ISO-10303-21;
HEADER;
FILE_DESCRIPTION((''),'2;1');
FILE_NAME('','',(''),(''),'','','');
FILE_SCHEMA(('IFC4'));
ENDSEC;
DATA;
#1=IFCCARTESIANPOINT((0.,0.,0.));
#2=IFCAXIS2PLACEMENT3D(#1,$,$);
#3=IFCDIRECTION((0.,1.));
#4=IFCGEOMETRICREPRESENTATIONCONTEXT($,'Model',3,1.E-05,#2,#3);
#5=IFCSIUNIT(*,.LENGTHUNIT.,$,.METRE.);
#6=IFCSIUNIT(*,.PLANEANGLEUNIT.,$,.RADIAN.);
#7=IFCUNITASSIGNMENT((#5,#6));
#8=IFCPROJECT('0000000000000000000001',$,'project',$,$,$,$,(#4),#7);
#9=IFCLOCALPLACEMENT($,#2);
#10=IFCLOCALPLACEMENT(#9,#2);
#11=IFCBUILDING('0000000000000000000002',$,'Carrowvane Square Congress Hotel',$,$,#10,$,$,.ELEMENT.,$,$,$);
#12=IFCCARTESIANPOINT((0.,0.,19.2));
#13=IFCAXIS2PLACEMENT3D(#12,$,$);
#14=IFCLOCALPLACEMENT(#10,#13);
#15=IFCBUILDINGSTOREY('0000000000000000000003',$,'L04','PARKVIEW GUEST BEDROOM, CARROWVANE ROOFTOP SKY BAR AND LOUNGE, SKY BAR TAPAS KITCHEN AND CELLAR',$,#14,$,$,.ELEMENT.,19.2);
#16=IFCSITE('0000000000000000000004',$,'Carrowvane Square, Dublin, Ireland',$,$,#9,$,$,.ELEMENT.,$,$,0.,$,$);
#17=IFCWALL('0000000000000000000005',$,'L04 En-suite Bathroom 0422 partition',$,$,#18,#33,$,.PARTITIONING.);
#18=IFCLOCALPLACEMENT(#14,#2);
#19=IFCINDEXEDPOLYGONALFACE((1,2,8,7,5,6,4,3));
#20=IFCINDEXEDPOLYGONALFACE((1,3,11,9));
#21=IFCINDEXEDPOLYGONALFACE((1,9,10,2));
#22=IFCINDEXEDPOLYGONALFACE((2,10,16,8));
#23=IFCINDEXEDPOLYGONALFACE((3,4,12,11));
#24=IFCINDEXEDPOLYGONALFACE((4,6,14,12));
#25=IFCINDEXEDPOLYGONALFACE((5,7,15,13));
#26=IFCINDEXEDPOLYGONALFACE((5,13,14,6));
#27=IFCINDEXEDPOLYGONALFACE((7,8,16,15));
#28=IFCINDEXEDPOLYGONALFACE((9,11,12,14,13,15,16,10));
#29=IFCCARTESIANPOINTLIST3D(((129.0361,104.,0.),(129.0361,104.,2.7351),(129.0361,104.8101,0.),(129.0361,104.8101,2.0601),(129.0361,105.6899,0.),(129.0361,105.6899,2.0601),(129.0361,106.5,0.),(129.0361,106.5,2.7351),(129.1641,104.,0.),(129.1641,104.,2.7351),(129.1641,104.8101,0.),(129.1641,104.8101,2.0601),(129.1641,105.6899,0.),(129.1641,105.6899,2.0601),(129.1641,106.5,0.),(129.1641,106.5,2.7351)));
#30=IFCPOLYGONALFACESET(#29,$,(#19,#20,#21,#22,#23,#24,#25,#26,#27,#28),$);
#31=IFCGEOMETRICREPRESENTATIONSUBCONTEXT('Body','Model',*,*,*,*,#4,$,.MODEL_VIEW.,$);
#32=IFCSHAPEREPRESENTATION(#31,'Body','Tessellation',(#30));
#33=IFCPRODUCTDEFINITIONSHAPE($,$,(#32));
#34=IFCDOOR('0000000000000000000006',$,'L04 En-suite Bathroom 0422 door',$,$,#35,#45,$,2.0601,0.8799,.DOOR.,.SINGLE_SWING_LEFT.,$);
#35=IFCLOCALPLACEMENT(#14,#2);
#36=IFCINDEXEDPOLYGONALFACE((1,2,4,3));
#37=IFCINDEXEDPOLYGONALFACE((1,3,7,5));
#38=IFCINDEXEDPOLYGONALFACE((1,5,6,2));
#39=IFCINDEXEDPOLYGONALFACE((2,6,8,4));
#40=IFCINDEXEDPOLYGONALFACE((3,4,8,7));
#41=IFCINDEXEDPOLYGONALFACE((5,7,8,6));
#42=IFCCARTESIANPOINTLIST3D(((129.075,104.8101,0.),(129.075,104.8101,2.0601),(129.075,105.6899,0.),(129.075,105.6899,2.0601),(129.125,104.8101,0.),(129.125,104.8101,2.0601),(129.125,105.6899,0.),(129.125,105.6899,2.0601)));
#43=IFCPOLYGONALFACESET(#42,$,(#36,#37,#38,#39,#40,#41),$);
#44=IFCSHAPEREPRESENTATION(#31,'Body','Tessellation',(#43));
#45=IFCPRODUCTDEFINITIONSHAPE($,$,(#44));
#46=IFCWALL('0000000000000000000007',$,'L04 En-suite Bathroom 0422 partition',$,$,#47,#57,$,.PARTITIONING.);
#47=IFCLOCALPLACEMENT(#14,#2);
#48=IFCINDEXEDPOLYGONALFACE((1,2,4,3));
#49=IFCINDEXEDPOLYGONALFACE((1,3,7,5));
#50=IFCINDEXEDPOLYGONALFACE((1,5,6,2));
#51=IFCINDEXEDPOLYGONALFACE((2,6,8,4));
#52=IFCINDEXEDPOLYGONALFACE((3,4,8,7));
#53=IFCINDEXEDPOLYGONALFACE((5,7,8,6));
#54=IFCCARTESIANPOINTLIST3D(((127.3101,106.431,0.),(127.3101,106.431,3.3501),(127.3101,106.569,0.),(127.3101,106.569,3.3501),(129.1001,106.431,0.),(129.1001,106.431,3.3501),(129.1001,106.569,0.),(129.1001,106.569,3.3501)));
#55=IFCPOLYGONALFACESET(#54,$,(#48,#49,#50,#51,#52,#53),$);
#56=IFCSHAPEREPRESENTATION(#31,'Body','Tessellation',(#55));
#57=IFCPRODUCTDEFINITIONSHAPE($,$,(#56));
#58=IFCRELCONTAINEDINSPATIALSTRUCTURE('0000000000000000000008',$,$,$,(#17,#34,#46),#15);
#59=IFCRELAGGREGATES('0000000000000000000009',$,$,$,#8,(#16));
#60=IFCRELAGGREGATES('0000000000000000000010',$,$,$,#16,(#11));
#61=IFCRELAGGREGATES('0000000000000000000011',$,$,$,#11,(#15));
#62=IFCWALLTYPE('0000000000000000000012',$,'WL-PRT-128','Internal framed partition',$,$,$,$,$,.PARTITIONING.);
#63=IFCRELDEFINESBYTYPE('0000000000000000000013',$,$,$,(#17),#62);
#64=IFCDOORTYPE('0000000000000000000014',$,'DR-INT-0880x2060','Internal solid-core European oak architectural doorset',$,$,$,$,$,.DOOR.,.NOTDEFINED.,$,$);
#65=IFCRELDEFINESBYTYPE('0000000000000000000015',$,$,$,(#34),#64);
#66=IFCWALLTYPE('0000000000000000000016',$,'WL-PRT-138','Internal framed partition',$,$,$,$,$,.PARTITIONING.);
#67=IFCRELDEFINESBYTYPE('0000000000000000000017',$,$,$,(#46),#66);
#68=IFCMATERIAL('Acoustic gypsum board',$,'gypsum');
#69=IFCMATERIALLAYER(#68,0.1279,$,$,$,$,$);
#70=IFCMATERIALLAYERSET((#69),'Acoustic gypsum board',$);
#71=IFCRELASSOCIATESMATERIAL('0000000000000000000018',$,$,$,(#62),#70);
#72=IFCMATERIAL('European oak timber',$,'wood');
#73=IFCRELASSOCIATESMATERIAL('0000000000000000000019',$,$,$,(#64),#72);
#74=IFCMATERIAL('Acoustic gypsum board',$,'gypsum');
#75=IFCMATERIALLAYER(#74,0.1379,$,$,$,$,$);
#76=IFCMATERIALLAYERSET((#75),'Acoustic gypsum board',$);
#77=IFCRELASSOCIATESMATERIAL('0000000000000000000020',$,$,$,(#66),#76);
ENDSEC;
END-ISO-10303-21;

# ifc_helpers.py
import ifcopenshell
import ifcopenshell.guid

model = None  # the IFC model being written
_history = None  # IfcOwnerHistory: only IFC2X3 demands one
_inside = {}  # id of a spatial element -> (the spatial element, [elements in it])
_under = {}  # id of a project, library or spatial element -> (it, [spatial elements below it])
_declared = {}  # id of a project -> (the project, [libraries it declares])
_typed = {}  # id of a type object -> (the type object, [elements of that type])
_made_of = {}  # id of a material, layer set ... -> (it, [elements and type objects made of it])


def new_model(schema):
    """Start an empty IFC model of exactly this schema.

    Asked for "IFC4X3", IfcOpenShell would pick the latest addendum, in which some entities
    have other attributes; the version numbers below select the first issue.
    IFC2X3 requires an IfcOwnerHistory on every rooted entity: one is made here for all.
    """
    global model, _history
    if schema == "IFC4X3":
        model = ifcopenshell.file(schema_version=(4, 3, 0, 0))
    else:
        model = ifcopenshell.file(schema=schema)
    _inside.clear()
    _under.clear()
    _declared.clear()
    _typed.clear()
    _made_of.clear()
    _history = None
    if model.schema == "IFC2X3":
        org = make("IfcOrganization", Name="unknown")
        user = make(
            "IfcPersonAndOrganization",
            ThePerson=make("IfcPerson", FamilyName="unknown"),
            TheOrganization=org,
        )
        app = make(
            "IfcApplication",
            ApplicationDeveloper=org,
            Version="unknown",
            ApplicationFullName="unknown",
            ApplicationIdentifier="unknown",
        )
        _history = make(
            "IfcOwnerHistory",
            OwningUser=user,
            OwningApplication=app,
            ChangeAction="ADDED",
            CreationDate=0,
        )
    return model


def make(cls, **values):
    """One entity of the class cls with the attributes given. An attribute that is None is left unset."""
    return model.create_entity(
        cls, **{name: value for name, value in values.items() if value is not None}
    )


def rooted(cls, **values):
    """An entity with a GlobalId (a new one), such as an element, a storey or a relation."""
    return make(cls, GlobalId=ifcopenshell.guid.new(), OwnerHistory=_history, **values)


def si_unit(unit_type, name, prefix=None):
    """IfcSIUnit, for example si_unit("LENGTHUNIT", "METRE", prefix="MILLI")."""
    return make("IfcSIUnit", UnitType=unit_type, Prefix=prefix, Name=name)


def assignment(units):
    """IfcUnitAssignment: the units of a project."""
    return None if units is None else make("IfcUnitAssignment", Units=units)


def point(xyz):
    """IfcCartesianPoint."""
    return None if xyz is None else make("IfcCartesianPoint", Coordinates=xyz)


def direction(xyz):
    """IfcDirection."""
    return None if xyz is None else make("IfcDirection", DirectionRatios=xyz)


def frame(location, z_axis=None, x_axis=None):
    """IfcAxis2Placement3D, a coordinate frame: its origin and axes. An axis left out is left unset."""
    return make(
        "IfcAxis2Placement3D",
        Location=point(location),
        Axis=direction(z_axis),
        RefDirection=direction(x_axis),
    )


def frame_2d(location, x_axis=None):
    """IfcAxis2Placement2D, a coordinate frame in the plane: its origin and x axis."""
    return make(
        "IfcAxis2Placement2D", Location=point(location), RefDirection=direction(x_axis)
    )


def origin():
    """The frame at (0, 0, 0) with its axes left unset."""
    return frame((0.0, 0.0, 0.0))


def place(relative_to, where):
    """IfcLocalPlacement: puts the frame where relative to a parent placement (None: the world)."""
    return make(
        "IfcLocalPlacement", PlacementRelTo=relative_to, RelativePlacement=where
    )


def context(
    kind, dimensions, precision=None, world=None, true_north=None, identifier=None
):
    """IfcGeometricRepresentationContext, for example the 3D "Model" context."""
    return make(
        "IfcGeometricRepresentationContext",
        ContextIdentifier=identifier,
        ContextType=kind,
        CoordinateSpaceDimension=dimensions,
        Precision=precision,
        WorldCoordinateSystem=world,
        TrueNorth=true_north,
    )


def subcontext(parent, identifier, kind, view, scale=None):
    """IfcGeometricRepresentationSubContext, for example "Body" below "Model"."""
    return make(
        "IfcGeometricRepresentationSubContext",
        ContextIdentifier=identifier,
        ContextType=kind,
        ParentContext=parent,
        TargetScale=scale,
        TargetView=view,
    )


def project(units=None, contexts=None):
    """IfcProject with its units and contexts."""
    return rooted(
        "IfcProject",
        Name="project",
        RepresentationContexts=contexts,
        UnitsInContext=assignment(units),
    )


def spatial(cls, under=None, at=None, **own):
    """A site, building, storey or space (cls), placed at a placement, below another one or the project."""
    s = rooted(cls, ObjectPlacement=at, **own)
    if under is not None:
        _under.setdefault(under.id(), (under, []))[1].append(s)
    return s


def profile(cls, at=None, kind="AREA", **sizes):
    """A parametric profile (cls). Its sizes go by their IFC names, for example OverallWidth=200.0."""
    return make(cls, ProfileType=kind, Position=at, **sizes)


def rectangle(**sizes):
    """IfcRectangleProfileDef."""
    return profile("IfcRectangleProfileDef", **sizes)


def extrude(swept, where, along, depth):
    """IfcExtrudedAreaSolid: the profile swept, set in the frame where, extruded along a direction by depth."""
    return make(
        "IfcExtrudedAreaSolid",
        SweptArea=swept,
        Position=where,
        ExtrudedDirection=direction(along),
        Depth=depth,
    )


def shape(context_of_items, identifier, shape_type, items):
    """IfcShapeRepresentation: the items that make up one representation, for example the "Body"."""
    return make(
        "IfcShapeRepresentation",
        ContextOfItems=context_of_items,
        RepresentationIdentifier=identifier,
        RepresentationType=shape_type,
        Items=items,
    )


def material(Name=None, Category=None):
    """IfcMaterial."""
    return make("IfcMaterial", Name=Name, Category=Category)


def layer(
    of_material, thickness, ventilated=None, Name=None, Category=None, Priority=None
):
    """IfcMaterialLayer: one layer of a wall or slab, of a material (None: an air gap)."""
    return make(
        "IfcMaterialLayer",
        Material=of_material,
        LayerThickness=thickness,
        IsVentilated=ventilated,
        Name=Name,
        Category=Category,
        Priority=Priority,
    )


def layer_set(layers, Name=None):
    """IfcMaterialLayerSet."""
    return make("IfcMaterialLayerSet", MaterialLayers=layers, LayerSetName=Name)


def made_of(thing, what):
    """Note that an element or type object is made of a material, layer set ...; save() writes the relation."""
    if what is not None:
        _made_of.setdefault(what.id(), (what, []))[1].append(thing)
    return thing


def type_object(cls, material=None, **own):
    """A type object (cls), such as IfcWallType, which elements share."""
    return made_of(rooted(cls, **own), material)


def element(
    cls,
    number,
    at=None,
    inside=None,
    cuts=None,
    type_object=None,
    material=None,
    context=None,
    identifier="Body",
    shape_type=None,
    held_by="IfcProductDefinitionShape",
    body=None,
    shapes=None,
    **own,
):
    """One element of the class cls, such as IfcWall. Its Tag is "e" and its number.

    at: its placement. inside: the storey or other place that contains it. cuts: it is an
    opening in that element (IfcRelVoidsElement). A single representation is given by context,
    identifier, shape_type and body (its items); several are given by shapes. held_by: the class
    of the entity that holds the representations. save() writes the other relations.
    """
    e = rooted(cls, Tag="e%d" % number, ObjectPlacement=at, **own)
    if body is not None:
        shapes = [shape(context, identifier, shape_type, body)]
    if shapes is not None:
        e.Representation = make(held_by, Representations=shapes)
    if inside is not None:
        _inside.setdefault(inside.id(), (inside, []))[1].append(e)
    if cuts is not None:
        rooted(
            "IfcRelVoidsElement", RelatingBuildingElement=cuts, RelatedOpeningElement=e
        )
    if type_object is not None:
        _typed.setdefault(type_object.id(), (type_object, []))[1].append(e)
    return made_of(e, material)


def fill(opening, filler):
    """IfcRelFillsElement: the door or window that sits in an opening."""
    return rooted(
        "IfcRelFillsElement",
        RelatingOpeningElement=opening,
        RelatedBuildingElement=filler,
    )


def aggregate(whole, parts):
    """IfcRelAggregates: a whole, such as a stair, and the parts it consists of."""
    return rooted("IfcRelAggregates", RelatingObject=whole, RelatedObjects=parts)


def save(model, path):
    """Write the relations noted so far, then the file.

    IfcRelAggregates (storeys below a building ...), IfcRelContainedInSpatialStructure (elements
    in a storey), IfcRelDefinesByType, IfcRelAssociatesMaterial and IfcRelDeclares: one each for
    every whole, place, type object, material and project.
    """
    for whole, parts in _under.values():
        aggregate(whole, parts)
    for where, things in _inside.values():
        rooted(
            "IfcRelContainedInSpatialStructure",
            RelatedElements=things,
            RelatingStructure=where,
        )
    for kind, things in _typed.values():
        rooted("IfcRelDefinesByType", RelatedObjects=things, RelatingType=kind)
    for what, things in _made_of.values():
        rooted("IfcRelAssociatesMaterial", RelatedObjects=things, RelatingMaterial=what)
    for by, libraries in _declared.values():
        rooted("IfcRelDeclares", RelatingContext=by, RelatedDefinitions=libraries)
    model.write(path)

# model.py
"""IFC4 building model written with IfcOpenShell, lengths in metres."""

from ifc_helpers import new_model, si_unit, direction, frame, frame_2d, origin, place, context, subcontext, project, spatial, rectangle, extrude, material, layer, layer_set, type_object, element, fill, save


model = new_model("IFC4")

# Units and contexts
model_context = context("Model", 3, precision=1e-05, world=origin(), true_north=direction((0.0, 1.0)))
body_context = subcontext(model_context, "Body", "Model", "MODEL_VIEW")
ifc_project = project(units=[si_unit("LENGTHUNIT", "METRE"), si_unit("PLANEANGLEUNIT", "RADIAN")], contexts=[model_context])

# Site, building, storey
site_placement = place(None, origin())
site = spatial("IfcSite", under=ifc_project, at=site_placement, Name="Carrowvane Square, Dublin, Ireland", CompositionType="ELEMENT", RefElevation=0.0)
building_placement = place(site_placement, origin())
building = spatial("IfcBuilding", under=site, at=building_placement, Name="Carrowvane Square Congress Hotel", CompositionType="ELEMENT")
storey_placement = place(building_placement, frame((0.0, 0.0, 19.2)))
storey = spatial("IfcBuildingStorey", under=building, at=storey_placement, Name="L04", Description="PARKVIEW GUEST BEDROOM, CARROWVANE ROOFTOP SKY BAR AND LOUNGE, SKY BAR TAPAS KITCHEN AND CELLAR", CompositionType="ELEMENT", Elevation=19.2)

# Wall, opening, door
ifc_material_1 = material(Name="Acoustic gypsum board", Category="gypsum")
ifc_layer_1 = layer(ifc_material_1, 0.1279)
ifc_layer_set_1 = layer_set([ifc_layer_1], Name="Acoustic gypsum board")
wall_type_1 = type_object("IfcWallType", Name="WL-PRT-128", Description="Internal framed partition", PredefinedType="PARTITIONING", material=ifc_layer_set_1)
wall_1_placement = place(storey_placement, frame((129.1001, 106.5, 0.0), z_axis=(0.0, 0.0, 1.0), x_axis=(0.0, -1.0, 0.0)))
wall_1 = element("IfcWall", 1, at=wall_1_placement, inside=storey, type_object=wall_type_1, Name="L04 En-suite Bathroom 0422 partition", PredefinedType="PARTITIONING", context=body_context, shape_type="SweptSolid", body=[
    extrude(rectangle(XDim=2.5, YDim=0.1279, at=frame_2d((1.25, 0.0))), origin(), (0.0, 0.0, 1.0), 2.7351),
])
opening_1_placement = place(wall_1_placement, frame((0.8101, 0.0, 0.0)))
opening_1 = element("IfcOpeningElement", 2, at=opening_1_placement, cuts=wall_1, PredefinedType="OPENING", context=body_context, shape_type="SweptSolid", body=[
    extrude(rectangle(XDim=0.8799, YDim=2.0601, at=frame_2d((0.4399, 1.03))), frame((0.0, 0.074, 0.0), z_axis=(0.0, -1.0, 0.0), x_axis=(1.0, 0.0, 0.0)), (0.0, 0.0, 1.0), 0.1479),
])
ifc_material_2 = material(Name="European oak timber", Category="wood")
door_type_1 = type_object("IfcDoorType", Name="DR-INT-0880x2060", Description="Internal solid-core European oak architectural doorset", OperationType="NOTDEFINED", PredefinedType="DOOR", material=ifc_material_2)
door_1_placement = place(opening_1_placement, origin())
door_1 = element("IfcDoor", 3, at=door_1_placement, inside=storey, type_object=door_type_1, Name="L04 En-suite Bathroom 0422 door", OperationType="SINGLE_SWING_LEFT", OverallHeight=2.0601, OverallWidth=0.8799, PredefinedType="DOOR", context=body_context, shape_type="SweptSolid", body=[
    extrude(rectangle(XDim=0.8799, YDim=2.0601, at=frame_2d((0.4399, 1.03))), frame((0.0, 0.0249, 0.0), z_axis=(0.0, -1.0, 0.0), x_axis=(1.0, 0.0, 0.0)), (0.0, 0.0, 1.0), 0.05),
])
fill(opening_1, door_1)

# Wall
ifc_material_3 = material(Name="Acoustic gypsum board", Category="gypsum")
ifc_layer_2 = layer(ifc_material_3, 0.1379)
ifc_layer_set_2 = layer_set([ifc_layer_2], Name="Acoustic gypsum board")
wall_type_2 = type_object("IfcWallType", Name="WL-PRT-138", Description="Internal framed partition", PredefinedType="PARTITIONING", material=ifc_layer_set_2)
wall_2_placement = place(storey_placement, frame((127.3101, 106.5, 0.0), z_axis=(0.0, 0.0, 1.0), x_axis=(1.0, 0.0, 0.0)))
element("IfcWall", 4, at=wall_2_placement, inside=storey, type_object=wall_type_2, Name="L04 En-suite Bathroom 0422 partition", PredefinedType="PARTITIONING", context=body_context, shape_type="SweptSolid", body=[
    extrude(rectangle(XDim=1.79, YDim=0.1379, at=frame_2d((0.895, 0.0))), origin(), (0.0, 0.0, 1.0), 3.3501),
])

save(model, "model.ifc")
